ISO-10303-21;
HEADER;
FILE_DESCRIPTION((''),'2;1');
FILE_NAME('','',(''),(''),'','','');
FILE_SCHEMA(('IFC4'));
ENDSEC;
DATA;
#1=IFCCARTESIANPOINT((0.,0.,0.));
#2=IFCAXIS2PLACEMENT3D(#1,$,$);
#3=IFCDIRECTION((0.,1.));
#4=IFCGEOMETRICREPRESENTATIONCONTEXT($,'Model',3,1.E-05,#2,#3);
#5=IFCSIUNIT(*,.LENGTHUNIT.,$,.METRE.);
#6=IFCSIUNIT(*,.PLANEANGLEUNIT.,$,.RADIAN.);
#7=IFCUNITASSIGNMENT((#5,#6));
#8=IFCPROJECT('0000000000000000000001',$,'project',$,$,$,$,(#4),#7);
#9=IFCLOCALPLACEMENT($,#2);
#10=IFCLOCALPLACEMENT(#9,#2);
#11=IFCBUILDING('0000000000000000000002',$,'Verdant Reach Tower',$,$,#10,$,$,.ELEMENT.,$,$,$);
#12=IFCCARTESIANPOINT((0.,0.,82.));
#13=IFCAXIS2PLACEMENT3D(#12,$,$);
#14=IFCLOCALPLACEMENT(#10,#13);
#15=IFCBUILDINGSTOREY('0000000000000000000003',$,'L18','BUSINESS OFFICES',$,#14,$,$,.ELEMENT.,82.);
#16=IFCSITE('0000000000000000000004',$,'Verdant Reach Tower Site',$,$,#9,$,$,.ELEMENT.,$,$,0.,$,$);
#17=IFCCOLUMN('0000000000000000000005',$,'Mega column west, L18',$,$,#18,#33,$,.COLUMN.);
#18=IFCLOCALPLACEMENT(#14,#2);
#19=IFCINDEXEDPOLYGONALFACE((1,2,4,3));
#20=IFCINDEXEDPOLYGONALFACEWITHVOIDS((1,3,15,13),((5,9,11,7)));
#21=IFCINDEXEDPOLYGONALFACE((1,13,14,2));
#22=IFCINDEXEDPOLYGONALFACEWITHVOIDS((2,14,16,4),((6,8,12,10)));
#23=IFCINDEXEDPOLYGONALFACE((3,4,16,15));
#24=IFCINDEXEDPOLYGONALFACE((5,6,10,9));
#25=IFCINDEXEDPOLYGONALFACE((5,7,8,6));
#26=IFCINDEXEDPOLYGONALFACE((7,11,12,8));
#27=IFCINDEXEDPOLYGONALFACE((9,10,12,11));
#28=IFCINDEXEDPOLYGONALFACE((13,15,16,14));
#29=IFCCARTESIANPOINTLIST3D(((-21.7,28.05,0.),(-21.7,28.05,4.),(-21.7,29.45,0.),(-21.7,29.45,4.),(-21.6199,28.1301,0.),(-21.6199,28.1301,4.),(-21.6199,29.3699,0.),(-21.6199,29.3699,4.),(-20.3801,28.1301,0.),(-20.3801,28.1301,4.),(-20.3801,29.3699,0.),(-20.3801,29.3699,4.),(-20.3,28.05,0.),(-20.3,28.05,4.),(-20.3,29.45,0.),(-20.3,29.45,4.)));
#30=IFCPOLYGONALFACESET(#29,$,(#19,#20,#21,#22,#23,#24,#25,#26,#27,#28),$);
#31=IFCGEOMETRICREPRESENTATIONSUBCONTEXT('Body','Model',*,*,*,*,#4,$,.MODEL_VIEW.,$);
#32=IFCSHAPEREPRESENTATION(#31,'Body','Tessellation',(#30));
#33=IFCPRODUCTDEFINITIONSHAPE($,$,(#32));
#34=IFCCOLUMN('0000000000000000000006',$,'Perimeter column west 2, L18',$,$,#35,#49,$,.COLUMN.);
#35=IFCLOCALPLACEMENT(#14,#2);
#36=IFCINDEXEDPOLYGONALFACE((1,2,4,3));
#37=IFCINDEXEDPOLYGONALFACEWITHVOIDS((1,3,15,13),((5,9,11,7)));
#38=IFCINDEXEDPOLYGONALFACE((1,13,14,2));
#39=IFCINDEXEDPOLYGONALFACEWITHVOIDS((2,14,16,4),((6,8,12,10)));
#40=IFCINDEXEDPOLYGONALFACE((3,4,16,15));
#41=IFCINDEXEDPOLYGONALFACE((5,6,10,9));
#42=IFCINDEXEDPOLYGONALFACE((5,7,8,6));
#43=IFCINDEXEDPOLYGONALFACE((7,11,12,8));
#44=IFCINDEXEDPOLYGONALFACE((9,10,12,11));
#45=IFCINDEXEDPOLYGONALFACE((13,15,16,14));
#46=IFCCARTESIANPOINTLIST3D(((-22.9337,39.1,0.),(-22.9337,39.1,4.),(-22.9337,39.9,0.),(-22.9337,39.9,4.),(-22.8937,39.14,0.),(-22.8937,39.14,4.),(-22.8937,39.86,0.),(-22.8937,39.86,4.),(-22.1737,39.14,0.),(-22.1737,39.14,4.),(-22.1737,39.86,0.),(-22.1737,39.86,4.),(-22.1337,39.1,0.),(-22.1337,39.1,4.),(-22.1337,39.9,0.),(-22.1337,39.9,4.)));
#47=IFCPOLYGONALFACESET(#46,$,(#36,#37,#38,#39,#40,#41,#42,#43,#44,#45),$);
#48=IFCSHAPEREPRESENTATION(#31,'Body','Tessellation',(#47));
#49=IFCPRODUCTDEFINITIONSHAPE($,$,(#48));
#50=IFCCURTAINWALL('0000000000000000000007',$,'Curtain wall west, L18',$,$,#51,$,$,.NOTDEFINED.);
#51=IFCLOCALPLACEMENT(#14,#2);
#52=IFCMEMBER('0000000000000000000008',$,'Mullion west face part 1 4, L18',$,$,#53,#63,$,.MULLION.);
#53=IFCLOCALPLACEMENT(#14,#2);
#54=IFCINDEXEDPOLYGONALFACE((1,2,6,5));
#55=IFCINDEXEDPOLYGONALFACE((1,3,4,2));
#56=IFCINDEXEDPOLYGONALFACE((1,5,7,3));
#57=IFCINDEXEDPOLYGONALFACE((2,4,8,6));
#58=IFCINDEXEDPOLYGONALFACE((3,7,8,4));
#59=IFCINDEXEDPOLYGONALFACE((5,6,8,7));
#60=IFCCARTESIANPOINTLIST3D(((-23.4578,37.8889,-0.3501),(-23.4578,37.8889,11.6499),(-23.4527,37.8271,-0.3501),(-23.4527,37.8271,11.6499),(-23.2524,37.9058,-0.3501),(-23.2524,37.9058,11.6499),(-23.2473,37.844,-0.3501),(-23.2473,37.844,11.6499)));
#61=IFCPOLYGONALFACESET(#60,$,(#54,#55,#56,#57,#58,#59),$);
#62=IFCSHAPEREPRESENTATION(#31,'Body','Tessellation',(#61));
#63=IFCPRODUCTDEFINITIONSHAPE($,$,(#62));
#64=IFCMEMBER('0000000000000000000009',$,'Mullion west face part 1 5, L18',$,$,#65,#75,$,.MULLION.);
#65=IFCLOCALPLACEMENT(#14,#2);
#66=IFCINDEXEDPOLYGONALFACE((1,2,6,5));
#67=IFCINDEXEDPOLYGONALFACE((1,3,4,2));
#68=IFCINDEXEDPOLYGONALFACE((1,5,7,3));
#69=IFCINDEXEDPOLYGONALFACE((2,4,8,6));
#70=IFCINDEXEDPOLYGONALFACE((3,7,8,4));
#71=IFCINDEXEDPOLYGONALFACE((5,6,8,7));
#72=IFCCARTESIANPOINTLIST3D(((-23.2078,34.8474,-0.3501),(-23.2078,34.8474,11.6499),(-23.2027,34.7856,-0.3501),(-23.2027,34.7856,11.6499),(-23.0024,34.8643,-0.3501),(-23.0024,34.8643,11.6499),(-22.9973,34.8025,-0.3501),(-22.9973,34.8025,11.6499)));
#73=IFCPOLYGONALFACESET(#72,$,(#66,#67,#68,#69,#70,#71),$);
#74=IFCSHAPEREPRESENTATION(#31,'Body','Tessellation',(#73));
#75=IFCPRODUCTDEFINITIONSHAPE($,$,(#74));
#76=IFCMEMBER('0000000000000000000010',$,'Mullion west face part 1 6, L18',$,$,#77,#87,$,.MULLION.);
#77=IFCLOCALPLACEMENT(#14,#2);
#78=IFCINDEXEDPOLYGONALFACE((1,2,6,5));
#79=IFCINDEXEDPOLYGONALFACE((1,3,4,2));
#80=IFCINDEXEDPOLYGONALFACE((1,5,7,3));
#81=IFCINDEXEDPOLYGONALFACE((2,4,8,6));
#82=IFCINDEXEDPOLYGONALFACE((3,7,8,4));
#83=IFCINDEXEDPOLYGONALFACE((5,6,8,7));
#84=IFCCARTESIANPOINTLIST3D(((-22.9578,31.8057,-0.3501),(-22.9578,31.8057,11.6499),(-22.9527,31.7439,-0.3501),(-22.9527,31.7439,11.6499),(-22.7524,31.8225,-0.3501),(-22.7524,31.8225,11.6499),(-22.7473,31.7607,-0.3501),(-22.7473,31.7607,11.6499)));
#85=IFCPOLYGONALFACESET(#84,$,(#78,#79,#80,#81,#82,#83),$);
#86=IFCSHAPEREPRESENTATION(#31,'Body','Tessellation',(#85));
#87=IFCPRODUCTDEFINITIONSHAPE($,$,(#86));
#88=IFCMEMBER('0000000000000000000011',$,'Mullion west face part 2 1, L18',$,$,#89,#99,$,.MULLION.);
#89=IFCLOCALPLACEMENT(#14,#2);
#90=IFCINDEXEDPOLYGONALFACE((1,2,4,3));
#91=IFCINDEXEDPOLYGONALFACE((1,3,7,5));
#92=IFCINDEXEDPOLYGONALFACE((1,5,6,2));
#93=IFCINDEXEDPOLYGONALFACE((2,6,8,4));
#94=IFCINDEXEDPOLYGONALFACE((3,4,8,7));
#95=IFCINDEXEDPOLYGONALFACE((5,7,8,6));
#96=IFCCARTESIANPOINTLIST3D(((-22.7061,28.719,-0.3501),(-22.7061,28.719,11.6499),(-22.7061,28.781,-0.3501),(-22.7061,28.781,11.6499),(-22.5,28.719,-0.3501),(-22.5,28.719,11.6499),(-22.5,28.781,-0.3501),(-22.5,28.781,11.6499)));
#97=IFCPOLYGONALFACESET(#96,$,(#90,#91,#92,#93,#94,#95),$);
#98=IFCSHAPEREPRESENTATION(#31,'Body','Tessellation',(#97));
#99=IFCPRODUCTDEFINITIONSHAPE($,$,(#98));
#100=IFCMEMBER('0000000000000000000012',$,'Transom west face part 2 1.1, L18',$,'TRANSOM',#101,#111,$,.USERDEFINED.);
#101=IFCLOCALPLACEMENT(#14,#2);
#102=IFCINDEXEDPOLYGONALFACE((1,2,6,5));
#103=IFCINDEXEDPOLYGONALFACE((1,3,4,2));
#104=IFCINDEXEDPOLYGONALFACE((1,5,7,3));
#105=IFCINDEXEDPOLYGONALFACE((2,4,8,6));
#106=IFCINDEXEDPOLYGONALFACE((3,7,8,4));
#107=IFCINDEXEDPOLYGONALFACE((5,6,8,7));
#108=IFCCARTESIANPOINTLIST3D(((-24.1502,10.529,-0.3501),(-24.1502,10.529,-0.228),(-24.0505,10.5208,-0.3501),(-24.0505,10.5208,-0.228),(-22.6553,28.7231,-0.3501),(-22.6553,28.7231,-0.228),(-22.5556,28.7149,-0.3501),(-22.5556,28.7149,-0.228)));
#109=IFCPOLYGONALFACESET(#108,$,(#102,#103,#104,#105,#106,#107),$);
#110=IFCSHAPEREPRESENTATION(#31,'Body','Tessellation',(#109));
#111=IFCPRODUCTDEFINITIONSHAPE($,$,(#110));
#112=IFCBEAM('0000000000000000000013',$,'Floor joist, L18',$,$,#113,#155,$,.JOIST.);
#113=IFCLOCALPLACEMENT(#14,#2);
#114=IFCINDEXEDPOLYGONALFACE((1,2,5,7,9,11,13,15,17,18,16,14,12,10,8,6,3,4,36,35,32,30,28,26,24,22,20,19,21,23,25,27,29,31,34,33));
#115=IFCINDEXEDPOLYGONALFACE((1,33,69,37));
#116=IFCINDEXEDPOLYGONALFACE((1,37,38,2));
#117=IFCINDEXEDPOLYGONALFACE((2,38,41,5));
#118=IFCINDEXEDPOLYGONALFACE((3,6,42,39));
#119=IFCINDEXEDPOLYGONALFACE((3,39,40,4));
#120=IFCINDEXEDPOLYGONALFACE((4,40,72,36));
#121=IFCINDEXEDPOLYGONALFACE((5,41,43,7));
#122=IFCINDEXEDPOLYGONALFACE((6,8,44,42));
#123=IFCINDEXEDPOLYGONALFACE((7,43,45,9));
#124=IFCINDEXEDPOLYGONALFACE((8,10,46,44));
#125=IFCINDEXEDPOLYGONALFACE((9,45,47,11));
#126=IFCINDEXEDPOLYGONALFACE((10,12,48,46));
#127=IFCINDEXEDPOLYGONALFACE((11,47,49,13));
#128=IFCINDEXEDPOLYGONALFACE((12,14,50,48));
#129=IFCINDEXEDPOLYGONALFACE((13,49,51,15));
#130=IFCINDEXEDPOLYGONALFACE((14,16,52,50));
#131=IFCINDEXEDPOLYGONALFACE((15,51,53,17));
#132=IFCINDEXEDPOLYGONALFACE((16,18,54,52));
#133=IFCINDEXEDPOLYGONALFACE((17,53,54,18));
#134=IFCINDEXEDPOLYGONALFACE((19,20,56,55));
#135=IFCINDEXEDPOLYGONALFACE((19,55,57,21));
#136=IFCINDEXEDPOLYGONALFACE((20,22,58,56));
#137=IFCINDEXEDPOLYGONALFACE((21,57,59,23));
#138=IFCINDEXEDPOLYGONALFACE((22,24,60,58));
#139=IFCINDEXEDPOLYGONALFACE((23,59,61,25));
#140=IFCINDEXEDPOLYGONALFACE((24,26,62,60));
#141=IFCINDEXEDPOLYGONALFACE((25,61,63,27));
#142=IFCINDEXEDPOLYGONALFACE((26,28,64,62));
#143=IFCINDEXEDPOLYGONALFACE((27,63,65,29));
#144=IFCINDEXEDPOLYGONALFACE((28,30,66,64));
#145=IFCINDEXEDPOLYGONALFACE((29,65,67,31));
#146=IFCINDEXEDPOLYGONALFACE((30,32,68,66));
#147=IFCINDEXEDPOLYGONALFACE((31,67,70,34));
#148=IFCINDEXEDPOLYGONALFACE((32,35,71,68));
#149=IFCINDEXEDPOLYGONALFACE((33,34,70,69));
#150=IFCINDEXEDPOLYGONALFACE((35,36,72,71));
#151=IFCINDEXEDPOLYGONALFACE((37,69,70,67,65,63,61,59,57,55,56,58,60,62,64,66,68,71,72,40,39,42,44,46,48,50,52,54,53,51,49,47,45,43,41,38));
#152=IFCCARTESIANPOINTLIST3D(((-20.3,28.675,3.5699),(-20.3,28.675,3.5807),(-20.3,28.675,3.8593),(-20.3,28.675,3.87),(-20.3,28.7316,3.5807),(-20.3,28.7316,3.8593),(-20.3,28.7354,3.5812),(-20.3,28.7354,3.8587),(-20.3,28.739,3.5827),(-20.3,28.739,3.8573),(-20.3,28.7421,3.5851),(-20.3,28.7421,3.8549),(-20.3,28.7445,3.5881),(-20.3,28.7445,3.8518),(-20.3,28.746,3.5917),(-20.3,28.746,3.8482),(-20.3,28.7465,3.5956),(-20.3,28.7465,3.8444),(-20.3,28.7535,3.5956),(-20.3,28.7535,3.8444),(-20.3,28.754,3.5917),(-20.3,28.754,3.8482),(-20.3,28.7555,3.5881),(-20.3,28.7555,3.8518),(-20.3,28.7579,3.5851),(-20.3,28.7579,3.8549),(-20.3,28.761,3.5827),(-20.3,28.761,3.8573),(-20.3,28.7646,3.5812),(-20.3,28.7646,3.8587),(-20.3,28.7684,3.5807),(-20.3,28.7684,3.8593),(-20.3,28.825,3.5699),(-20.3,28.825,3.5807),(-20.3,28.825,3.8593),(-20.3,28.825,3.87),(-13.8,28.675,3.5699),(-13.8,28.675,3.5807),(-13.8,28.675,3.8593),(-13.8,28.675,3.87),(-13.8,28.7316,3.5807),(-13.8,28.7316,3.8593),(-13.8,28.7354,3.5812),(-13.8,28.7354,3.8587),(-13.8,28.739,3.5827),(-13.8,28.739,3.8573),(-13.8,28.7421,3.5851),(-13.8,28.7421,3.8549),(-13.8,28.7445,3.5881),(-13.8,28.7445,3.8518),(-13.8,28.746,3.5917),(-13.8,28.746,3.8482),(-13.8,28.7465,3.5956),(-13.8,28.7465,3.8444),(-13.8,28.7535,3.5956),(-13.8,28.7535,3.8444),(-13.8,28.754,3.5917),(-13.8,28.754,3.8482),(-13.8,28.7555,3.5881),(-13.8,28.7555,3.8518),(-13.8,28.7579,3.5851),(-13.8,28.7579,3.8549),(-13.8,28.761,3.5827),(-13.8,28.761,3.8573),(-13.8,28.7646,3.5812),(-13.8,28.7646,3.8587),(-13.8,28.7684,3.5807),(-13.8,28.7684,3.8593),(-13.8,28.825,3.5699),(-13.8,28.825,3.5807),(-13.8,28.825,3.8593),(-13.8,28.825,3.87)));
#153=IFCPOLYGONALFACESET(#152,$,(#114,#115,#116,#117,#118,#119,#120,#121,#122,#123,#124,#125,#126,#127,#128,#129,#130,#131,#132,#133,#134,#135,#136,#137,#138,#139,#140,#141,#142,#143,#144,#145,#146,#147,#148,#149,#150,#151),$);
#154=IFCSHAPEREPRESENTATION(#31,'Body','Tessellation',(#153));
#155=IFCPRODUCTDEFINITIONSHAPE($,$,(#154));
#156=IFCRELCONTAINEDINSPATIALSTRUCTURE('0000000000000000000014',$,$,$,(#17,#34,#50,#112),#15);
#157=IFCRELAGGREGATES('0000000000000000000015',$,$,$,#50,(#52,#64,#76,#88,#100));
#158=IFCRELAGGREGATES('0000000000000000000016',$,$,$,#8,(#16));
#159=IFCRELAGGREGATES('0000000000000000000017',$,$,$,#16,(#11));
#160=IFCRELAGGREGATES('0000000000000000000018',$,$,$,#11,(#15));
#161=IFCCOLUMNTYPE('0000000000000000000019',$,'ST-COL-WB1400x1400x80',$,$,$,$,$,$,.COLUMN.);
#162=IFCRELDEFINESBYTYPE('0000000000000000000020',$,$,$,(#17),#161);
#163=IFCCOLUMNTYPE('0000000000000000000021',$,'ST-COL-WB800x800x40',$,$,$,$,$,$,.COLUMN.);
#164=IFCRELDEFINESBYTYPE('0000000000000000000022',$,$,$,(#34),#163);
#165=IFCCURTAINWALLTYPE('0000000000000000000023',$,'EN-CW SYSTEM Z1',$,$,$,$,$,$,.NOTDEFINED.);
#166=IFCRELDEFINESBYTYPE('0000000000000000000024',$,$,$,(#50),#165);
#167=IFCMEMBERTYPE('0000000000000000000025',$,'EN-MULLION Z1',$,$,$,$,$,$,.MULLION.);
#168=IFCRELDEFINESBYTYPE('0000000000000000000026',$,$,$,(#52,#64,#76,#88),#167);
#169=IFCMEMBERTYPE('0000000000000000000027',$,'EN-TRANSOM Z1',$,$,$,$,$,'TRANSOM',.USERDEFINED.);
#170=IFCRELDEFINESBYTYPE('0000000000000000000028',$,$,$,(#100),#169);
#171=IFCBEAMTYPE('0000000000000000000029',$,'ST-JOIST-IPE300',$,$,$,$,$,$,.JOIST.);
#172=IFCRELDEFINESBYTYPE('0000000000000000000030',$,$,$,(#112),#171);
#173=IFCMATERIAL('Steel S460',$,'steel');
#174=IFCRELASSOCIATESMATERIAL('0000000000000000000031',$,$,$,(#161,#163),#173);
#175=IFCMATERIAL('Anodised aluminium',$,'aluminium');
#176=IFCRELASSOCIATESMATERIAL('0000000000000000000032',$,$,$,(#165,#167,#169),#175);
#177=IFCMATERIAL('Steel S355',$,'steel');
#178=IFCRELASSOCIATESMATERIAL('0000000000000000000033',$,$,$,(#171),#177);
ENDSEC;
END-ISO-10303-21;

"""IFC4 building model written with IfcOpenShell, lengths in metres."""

from ifc_helpers import new_model, si_unit, direction, frame, origin, origin_2d, place, context, subcontext, project, spatial, rectangle, hollow_rectangle, i_section, extrude, material, material_profile, profile_set, type_object, element, aggregate, save


model = new_model("IFC4")

# Units and contexts
model_context = context("Model", 3, precision=1e-05, world=origin(), true_north=direction((0.0, 1.0)))
body_context = subcontext(model_context, "Body", "Model", "MODEL_VIEW")
ifc_project = project(units=[si_unit("LENGTHUNIT", "METRE"), si_unit("PLANEANGLEUNIT", "RADIAN")], contexts=[model_context])

# Site, building, storey
site_placement = place(None, origin())
site = spatial("IfcSite", under=ifc_project, at=site_placement, Name="Verdant Reach Tower Site", CompositionType="ELEMENT", RefElevation=0.0)
building_placement = place(site_placement, origin())
building = spatial("IfcBuilding", under=site, at=building_placement, Name="Verdant Reach Tower", CompositionType="ELEMENT")
storey_placement = place(building_placement, frame((0.0, 0.0, 82.0)))
storey = spatial("IfcBuildingStorey", under=building, at=storey_placement, Name="L18", Description="BUSINESS OFFICES", CompositionType="ELEMENT", Elevation=82.0)

# Columns
ifc_material_1 = material(Name="Steel S460", Category="steel")
ifc_material_profile_1 = material_profile(ifc_material_1, hollow_rectangle(XDim=1.3999, YDim=1.3999, WallThickness=0.0801, at=origin_2d()), Name="WB 1400x1400x80")
ifc_profile_set_1 = profile_set([ifc_material_profile_1], Name="Steel S460")
column_type_1 = type_object("IfcColumnType", Name="ST-COL-WB1400x1400x80", PredefinedType="COLUMN", material=ifc_profile_set_1)
column_1_placement = place(storey_placement, frame((-21.0, 28.75, 0.0), z_axis=(0.0, 0.0, 1.0), x_axis=(1.0, 0.0, 0.0)))
element("IfcColumn", 1, at=column_1_placement, inside=storey, type_object=column_type_1, Name="Mega column west, L18", PredefinedType="COLUMN", context=body_context, shape_type="SweptSolid", body=[
    extrude(hollow_rectangle(XDim=1.3999, YDim=1.3999, WallThickness=0.0801, at=origin_2d()), origin(), (0.0, 0.0, 1.0), 4.0),
])
ifc_material_profile_2 = material_profile(ifc_material_1, hollow_rectangle(XDim=0.8, YDim=0.8, WallThickness=0.04, at=origin_2d()), Name="WB 800x800x40")
ifc_profile_set_2 = profile_set([ifc_material_profile_2], Name="Steel S460")
column_type_2 = type_object("IfcColumnType", Name="ST-COL-WB800x800x40", PredefinedType="COLUMN", material=ifc_profile_set_2)
column_2_placement = place(storey_placement, frame((-22.5337, 39.5, 0.0), z_axis=(0.0, 0.0, 1.0), x_axis=(1.0, 0.0, 0.0)))
element("IfcColumn", 2, at=column_2_placement, inside=storey, type_object=column_type_2, Name="Perimeter column west 2, L18", PredefinedType="COLUMN", context=body_context, shape_type="SweptSolid", body=[
    extrude(hollow_rectangle(XDim=0.8, YDim=0.8, WallThickness=0.04, at=origin_2d()), origin(), (0.0, 0.0, 1.0), 4.0),
])

# Curtain wall, members
ifc_material_2 = material(Name="Anodised aluminium", Category="aluminium")
curtain_wall_type = type_object("IfcCurtainWallType", Name="EN-CW SYSTEM Z1", PredefinedType="NOTDEFINED", material=ifc_material_2)
curtain_wall_placement = place(storey_placement, origin())
curtain_wall = element("IfcCurtainWall", 3, at=curtain_wall_placement, inside=storey, type_object=curtain_wall_type, Name="Curtain wall west, L18", PredefinedType="NOTDEFINED")
ifc_material_profile_3 = material_profile(ifc_material_2, rectangle(XDim=0.2061, YDim=0.062, at=origin_2d()), Name="Mullion 62x206")
ifc_profile_set_3 = profile_set([ifc_material_profile_3], Name="Anodised aluminium")
member_type_1 = type_object("IfcMemberType", Name="EN-MULLION Z1", PredefinedType="MULLION", material=ifc_profile_set_3)
member_1_placement = place(storey_placement, frame((-23.3525, 37.8665, -0.3501), z_axis=(0.0, 0.0, 1.0), x_axis=(-0.996639, -0.081916, 0.0)))
member_1 = element("IfcMember", 4, at=member_1_placement, type_object=member_type_1, Name="Mullion west face part 1 4, L18", PredefinedType="MULLION", context=body_context, shape_type="SweptSolid", body=[
    extrude(rectangle(XDim=0.2061, YDim=0.062, at=origin_2d()), origin(), (0.0, 0.0, 1.0), 12.0),
])
member_2_placement = place(storey_placement, frame((-23.1025, 34.825, -0.3501), z_axis=(0.0, 0.0, 1.0), x_axis=(-0.996639, -0.081916, 0.0)))
member_2 = element("IfcMember", 5, at=member_2_placement, type_object=member_type_1, Name="Mullion west face part 1 5, L18", PredefinedType="MULLION", context=body_context, shape_type="SweptSolid", body=[
    extrude(rectangle(XDim=0.2061, YDim=0.062, at=origin_2d()), origin(), (0.0, 0.0, 1.0), 12.0),
])
member_3_placement = place(storey_placement, frame((-22.8525, 31.7832, -0.3501), z_axis=(0.0, 0.0, 1.0), x_axis=(-0.996639, -0.081916, 0.0)))
member_3 = element("IfcMember", 6, at=member_3_placement, type_object=member_type_1, Name="Mullion west face part 1 6, L18", PredefinedType="MULLION", context=body_context, shape_type="SweptSolid", body=[
    extrude(rectangle(XDim=0.2061, YDim=0.062, at=origin_2d()), origin(), (0.0, 0.0, 1.0), 12.0),
])
member_4_placement = place(storey_placement, frame((-22.603, 28.75, -0.3501), z_axis=(0.0, 0.0, 1.0), x_axis=(-1.0, 0.0, 0.0)))
member_4 = element("IfcMember", 7, at=member_4_placement, type_object=member_type_1, Name="Mullion west face part 2 1, L18", PredefinedType="MULLION", context=body_context, shape_type="SweptSolid", body=[
    extrude(rectangle(XDim=0.2061, YDim=0.062, at=origin_2d()), origin(), (0.0, 0.0, 1.0), 12.0),
])
ifc_material_profile_4 = material_profile(ifc_material_2, rectangle(XDim=0.1001, YDim=0.1221, at=origin_2d()), Name="Transom 122x100")
ifc_profile_set_4 = profile_set([ifc_material_profile_4], Name="Anodised aluminium")
member_type_2 = type_object("IfcMemberType", Name="EN-TRANSOM Z1", ElementType="TRANSOM", PredefinedType="USERDEFINED", material=ifc_profile_set_4)
member_5_placement = place(storey_placement, frame((-22.6055, 28.719, -0.2891), z_axis=(-0.081887, -0.996642, 0.0), x_axis=(0.996642, -0.081887, 0.0)))
member_5 = element("IfcMember", 8, at=member_5_placement, type_object=member_type_2, Name="Transom west face part 2 1.1, L18", ObjectType="TRANSOM", PredefinedType="USERDEFINED", context=body_context, shape_type="SweptSolid", body=[
    extrude(rectangle(XDim=0.1001, YDim=0.1221, at=origin_2d()), origin(), (0.0, 0.0, 1.0), 18.2554),
])

# Beam
ifc_material_3 = material(Name="Steel S355", Category="steel")
ifc_material_profile_5 = material_profile(ifc_material_3, i_section(OverallWidth=0.1499, OverallDepth=0.3, WebThickness=0.0071, FlangeThickness=0.0107, FilletRadius=0.0149, at=origin_2d()), Name="IPE 300")
ifc_profile_set_5 = profile_set([ifc_material_profile_5], Name="Steel S355")
beam_type_1 = type_object("IfcBeamType", Name="ST-JOIST-IPE300", PredefinedType="JOIST", material=ifc_profile_set_5)
beam_1_placement = place(storey_placement, frame((-13.8, 28.75, 3.72), z_axis=(-1.0, 0.0, 0.0), x_axis=(0.0, -1.0, 0.0)))
element("IfcBeam", 9, at=beam_1_placement, inside=storey, type_object=beam_type_1, Name="Floor joist, L18", PredefinedType="JOIST", context=body_context, shape_type="SweptSolid", body=[
    extrude(i_section(OverallWidth=0.1499, OverallDepth=0.3, WebThickness=0.0071, FlangeThickness=0.0107, FilletRadius=0.0149, at=origin_2d()), origin(), (0.0, 0.0, 1.0), 6.5),
])

aggregate(curtain_wall, [member_1, member_2, member_3, member_4, member_5])

save(model, "model.ifc")
